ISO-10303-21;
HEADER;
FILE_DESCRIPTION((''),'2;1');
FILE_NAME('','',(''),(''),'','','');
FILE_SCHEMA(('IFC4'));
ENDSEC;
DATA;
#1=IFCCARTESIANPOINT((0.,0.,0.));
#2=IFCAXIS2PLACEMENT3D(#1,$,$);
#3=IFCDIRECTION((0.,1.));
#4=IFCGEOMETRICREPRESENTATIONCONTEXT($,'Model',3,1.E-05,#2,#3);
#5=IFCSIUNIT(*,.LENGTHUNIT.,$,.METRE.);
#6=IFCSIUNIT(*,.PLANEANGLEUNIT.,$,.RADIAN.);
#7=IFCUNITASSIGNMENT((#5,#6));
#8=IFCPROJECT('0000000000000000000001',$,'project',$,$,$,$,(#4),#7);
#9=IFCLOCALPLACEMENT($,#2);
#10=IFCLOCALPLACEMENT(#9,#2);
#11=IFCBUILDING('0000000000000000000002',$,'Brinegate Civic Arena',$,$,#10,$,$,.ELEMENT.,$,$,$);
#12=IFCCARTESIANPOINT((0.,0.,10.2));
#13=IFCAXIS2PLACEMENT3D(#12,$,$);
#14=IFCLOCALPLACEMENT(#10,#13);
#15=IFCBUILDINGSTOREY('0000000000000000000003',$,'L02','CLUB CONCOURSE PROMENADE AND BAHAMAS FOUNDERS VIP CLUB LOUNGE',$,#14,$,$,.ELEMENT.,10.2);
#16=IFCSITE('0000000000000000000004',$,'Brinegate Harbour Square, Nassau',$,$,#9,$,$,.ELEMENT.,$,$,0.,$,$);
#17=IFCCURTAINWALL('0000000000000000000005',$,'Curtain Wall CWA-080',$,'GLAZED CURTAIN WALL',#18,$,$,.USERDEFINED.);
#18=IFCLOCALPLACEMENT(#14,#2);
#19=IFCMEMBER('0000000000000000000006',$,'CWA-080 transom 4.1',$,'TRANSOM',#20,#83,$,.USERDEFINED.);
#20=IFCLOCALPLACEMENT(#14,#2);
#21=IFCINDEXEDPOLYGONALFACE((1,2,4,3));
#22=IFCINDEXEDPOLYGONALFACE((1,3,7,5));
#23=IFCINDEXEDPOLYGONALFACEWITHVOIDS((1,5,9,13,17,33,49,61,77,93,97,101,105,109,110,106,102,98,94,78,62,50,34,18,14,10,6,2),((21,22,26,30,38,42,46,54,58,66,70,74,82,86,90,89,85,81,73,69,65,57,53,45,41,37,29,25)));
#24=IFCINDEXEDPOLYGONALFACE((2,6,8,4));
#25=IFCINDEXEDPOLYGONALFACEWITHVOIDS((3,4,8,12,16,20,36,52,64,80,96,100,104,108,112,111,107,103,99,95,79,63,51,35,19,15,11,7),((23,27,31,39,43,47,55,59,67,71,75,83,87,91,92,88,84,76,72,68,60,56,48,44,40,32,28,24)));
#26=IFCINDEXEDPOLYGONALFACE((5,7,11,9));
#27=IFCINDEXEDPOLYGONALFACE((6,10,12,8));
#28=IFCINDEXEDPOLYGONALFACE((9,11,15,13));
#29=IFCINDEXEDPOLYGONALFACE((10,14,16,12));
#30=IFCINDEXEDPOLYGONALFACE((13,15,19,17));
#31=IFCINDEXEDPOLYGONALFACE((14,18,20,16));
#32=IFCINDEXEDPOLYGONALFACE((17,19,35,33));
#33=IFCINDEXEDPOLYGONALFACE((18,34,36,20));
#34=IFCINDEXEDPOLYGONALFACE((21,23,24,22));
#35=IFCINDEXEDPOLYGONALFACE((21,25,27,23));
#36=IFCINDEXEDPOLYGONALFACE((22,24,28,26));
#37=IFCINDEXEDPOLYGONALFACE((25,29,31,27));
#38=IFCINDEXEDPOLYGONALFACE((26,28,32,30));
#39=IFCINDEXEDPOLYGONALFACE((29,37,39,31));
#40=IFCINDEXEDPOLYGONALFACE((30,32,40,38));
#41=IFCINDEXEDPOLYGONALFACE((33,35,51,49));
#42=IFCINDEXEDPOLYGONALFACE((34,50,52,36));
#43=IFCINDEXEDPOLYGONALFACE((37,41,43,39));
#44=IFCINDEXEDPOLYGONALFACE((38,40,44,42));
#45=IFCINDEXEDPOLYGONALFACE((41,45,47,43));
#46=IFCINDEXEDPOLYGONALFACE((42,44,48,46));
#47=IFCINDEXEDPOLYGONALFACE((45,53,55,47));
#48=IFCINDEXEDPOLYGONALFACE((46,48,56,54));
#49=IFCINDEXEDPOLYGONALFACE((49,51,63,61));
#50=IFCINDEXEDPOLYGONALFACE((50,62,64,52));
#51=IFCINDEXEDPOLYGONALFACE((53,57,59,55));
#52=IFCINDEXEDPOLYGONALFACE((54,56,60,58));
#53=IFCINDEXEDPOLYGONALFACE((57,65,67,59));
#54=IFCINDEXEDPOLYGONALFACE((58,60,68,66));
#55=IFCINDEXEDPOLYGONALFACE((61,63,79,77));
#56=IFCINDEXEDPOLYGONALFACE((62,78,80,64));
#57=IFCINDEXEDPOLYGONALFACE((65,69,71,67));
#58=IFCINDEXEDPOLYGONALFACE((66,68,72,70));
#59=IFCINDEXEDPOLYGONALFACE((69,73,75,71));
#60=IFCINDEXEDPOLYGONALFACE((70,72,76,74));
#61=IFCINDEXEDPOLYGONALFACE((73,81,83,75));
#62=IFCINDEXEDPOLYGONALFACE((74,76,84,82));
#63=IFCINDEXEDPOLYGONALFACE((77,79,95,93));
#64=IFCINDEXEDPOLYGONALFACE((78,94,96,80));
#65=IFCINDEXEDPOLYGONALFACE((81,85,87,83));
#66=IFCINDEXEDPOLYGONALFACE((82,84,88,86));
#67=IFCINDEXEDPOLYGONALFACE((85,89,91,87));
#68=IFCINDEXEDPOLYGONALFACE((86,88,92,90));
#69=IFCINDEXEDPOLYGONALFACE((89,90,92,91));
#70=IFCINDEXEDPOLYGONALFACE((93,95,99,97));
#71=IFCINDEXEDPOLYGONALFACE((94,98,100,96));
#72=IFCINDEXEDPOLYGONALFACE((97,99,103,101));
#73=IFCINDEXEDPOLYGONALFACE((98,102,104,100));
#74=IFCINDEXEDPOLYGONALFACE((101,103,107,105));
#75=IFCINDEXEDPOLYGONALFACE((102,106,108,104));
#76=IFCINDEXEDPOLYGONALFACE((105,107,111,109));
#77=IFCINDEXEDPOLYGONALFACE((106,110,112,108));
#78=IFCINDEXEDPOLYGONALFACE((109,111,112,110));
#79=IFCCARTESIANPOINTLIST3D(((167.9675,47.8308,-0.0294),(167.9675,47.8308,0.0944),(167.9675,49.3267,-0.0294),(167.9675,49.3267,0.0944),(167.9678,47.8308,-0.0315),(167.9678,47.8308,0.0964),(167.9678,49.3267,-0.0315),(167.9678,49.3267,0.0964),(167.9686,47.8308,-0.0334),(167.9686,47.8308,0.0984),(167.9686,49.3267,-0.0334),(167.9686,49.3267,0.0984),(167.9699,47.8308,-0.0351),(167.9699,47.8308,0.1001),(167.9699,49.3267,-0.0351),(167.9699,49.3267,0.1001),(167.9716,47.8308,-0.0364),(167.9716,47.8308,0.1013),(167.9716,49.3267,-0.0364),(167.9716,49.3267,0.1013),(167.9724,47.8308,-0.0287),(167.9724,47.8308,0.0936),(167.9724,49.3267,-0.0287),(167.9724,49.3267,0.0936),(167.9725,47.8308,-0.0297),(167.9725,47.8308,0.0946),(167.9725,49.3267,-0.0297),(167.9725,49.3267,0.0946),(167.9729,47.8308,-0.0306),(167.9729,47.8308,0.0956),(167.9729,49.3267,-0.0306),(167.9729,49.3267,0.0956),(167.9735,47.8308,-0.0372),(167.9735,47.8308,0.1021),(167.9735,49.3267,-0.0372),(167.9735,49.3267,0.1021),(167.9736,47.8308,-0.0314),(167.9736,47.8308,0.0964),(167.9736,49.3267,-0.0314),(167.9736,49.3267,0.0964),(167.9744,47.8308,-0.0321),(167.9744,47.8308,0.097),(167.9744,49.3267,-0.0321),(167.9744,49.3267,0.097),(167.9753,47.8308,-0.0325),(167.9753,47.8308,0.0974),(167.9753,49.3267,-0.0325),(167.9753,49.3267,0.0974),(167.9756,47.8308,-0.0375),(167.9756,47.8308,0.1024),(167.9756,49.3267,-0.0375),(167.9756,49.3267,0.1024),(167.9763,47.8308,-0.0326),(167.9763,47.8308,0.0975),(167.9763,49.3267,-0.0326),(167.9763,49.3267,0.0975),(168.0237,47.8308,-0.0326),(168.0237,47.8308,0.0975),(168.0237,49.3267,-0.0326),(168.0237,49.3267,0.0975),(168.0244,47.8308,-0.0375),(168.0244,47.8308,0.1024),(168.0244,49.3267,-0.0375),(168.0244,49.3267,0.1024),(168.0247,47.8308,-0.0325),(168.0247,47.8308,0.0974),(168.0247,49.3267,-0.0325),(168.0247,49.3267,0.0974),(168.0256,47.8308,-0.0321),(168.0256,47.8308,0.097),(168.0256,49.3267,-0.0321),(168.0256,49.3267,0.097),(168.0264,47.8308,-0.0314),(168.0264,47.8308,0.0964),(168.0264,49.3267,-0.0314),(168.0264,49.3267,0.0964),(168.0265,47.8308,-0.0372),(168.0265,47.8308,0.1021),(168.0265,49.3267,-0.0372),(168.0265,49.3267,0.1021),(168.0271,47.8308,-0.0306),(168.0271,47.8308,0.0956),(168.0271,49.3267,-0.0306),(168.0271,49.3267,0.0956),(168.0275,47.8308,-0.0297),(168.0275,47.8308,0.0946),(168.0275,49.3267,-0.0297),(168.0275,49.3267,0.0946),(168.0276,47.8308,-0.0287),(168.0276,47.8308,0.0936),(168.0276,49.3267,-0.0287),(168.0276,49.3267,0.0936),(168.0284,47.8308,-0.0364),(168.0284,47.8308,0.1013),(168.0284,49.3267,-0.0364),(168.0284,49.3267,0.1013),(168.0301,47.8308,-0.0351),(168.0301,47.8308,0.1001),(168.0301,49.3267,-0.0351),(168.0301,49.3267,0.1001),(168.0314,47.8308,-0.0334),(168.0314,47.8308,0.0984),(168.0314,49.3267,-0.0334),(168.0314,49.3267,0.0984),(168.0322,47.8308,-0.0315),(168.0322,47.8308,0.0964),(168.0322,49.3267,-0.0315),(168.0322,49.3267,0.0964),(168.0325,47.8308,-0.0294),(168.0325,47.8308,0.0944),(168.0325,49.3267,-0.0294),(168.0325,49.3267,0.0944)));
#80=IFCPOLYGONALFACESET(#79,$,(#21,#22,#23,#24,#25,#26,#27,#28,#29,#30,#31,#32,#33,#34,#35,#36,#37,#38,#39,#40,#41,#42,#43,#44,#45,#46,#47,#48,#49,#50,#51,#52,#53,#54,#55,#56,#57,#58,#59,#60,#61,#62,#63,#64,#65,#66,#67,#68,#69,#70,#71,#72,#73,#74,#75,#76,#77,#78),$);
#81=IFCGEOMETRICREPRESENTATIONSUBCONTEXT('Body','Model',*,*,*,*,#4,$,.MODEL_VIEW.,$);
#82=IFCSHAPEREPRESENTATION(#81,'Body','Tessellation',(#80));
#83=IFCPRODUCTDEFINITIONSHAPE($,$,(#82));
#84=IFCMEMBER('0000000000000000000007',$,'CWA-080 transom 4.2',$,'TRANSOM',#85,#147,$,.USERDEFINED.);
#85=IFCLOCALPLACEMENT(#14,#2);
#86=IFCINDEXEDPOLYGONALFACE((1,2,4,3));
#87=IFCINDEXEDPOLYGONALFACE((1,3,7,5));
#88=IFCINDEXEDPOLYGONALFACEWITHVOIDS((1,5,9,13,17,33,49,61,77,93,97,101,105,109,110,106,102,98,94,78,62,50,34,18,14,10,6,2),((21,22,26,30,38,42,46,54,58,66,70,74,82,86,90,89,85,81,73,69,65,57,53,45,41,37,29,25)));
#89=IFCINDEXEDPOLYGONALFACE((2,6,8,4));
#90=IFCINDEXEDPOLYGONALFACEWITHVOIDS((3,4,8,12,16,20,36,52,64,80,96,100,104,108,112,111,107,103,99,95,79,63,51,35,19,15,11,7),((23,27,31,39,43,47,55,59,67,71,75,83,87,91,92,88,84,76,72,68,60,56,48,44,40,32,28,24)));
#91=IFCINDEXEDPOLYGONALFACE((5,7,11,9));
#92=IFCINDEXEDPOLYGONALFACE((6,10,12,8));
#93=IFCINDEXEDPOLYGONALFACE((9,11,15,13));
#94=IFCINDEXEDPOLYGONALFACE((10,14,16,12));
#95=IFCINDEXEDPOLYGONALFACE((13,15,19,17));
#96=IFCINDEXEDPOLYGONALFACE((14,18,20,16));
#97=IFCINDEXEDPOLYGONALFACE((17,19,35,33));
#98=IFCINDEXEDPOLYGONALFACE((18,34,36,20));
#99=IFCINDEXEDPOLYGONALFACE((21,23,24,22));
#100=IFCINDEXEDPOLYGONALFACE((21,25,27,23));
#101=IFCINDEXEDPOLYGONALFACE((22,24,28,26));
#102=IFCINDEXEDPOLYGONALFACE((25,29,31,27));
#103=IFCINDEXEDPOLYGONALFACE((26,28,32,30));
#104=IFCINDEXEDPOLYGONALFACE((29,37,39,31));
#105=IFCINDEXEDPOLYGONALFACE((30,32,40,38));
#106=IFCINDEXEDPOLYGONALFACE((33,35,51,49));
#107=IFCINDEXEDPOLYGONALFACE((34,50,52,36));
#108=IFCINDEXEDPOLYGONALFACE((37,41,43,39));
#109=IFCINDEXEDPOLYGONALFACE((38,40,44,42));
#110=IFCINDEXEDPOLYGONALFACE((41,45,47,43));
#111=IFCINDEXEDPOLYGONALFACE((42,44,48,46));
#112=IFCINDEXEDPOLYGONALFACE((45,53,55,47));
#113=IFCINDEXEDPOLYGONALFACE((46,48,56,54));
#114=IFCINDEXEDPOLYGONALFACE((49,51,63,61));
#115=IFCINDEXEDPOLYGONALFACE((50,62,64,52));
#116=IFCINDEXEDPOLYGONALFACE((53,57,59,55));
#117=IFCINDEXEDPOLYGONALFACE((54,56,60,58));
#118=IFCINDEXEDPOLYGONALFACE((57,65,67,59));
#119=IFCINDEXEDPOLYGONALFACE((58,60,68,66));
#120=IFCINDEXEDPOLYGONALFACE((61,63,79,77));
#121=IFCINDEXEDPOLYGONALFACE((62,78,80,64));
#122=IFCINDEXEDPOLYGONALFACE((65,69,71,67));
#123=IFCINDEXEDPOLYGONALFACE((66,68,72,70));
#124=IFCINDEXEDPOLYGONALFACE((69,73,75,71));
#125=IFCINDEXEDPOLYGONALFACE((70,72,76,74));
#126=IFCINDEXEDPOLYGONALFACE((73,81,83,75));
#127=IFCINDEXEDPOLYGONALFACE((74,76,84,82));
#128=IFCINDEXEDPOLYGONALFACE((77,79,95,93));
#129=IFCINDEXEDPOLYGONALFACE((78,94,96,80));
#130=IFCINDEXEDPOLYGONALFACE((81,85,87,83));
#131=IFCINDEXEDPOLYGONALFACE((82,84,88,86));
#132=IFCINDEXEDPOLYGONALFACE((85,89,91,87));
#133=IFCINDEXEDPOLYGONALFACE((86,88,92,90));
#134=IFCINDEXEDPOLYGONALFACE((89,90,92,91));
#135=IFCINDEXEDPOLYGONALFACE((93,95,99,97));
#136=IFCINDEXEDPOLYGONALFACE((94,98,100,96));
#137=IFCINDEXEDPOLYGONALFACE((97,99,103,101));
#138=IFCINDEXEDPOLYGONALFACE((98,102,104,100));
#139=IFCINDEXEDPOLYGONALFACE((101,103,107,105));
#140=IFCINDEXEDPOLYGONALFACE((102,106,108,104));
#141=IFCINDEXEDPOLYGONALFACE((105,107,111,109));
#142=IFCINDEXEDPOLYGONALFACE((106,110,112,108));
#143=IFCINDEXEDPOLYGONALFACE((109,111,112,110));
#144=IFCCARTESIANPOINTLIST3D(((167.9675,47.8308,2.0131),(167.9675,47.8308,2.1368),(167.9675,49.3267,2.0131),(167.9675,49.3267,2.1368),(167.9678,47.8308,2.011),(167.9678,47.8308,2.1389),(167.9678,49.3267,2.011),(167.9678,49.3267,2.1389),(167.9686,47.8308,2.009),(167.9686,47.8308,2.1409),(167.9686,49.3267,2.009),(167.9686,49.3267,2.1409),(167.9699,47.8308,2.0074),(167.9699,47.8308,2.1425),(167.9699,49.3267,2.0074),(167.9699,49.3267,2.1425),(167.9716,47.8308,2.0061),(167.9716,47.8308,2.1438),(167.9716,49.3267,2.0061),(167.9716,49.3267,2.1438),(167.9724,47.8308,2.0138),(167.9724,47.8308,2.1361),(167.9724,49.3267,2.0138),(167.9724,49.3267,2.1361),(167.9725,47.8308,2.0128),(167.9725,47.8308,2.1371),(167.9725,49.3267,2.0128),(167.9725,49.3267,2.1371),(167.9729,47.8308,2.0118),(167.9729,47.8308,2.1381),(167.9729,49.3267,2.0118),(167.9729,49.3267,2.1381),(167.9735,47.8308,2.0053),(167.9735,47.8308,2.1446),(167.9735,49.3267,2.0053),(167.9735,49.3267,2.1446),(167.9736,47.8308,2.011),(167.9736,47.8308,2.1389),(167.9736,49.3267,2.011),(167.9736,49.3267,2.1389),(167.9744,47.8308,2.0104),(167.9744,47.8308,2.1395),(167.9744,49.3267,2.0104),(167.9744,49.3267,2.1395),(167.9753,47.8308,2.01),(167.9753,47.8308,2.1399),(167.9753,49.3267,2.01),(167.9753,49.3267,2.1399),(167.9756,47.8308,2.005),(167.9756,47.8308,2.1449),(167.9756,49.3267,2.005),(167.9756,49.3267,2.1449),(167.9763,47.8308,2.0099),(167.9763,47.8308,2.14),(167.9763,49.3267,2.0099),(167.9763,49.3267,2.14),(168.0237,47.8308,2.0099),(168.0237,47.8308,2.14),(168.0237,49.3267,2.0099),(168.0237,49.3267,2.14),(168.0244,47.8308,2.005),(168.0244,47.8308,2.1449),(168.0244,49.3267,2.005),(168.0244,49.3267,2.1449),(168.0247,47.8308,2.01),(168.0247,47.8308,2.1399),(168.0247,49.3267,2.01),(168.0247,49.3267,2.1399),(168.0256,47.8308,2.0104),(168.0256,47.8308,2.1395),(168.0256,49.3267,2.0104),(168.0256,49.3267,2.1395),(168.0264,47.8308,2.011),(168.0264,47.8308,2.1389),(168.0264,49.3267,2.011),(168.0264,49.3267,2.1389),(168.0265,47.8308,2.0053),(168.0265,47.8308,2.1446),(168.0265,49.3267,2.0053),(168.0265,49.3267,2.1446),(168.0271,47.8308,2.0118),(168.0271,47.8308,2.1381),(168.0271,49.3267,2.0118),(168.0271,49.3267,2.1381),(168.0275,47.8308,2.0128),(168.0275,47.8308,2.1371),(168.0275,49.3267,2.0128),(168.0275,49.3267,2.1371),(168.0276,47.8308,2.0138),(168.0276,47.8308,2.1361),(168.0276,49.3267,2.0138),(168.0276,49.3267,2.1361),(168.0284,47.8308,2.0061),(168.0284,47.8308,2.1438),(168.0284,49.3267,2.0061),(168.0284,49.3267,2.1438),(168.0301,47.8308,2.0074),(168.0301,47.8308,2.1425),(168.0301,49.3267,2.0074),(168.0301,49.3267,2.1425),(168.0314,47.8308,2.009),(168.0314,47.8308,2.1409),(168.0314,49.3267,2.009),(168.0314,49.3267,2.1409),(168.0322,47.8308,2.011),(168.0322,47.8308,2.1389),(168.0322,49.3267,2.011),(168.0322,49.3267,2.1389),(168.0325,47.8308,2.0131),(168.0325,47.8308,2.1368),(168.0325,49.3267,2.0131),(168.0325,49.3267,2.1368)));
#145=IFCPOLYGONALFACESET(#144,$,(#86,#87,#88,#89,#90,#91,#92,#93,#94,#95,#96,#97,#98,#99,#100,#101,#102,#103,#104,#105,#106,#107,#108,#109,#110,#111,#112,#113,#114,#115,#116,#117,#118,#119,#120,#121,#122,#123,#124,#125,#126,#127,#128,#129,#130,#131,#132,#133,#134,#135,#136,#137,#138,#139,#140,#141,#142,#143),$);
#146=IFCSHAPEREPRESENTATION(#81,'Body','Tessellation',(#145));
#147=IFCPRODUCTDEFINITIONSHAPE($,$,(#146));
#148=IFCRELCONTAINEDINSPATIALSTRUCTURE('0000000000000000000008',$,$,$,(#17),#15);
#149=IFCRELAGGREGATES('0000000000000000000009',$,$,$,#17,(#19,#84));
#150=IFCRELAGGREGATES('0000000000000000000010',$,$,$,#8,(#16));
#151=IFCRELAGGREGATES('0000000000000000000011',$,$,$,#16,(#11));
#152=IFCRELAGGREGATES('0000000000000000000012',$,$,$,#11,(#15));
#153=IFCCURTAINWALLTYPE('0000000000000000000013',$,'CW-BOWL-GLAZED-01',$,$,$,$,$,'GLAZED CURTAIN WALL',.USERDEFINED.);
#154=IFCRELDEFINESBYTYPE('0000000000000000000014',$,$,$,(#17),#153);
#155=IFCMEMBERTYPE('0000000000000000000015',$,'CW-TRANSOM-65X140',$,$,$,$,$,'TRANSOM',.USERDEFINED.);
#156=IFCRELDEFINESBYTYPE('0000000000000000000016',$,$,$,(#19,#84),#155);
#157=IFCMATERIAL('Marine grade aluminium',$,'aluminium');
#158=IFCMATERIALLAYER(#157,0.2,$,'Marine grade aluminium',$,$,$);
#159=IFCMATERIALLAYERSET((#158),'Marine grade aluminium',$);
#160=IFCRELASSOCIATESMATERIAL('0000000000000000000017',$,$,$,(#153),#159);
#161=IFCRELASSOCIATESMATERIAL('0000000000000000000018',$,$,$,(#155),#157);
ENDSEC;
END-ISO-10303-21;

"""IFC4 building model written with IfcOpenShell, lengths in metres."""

from ifc_helpers import new_model, si_unit, direction, frame, origin, origin_2d, place, context, subcontext, project, spatial, hollow_rectangle, extrude, material, layer, layer_set, material_profile, profile_set, type_object, element, aggregate, save


model = new_model("IFC4")

# Units and contexts
model_context = context("Model", 3, precision=1e-05, world=origin(), true_north=direction((0.0, 1.0)))
body_context = subcontext(model_context, "Body", "Model", "MODEL_VIEW")
ifc_project = project(units=[si_unit("LENGTHUNIT", "METRE"), si_unit("PLANEANGLEUNIT", "RADIAN")], contexts=[model_context])

# Site, building, storey
site_placement = place(None, origin())
site = spatial("IfcSite", under=ifc_project, at=site_placement, Name="Brinegate Harbour Square, Nassau", CompositionType="ELEMENT", RefElevation=0.0)
building_placement = place(site_placement, origin())
building = spatial("IfcBuilding", under=site, at=building_placement, Name="Brinegate Civic Arena", CompositionType="ELEMENT")
storey_placement = place(building_placement, frame((0.0, 0.0, 10.2)))
storey = spatial("IfcBuildingStorey", under=building, at=storey_placement, Name="L02", Description="CLUB CONCOURSE PROMENADE AND BAHAMAS FOUNDERS VIP CLUB LOUNGE", CompositionType="ELEMENT", Elevation=10.2)

# Curtain wall, members
ifc_material_1 = material(Name="Marine grade aluminium", Category="aluminium")
ifc_layer_1 = layer(ifc_material_1, 0.2, Name="Marine grade aluminium")
ifc_layer_set_1 = layer_set([ifc_layer_1], Name="Marine grade aluminium")
curtain_wall_type = type_object("IfcCurtainWallType", Name="CW-BOWL-GLAZED-01", ElementType="GLAZED CURTAIN WALL", PredefinedType="USERDEFINED", material=ifc_layer_set_1)
curtain_wall_placement = place(storey_placement, origin())
curtain_wall = element("IfcCurtainWall", 1, at=curtain_wall_placement, inside=storey, type_object=curtain_wall_type, Name="Curtain Wall CWA-080", ObjectType="GLAZED CURTAIN WALL", PredefinedType="USERDEFINED")
ifc_material_profile_1 = material_profile(ifc_material_1, hollow_rectangle(XDim=0.0649, YDim=0.1399, WallThickness=0.0049, InnerFilletRadius=0.0039, OuterFilletRadius=0.0081, at=origin_2d()), Name="TRN65X140")
ifc_profile_set_1 = profile_set([ifc_material_profile_1], Name="Marine grade aluminium")
member_type_1 = type_object("IfcMemberType", Name="CW-TRANSOM-65X140", ElementType="TRANSOM", PredefinedType="USERDEFINED", material=ifc_profile_set_1)
member_1_placement = place(storey_placement, frame((168.0, 47.8308, 0.0325), z_axis=(0.0, 1.0, 0.0), x_axis=(-1.0, 0.0, 0.0)))
member_1 = element("IfcMember", 2, at=member_1_placement, type_object=member_type_1, Name="CWA-080 transom 4.1", ObjectType="TRANSOM", PredefinedType="USERDEFINED", context=body_context, shape_type="SweptSolid", body=[
    extrude(hollow_rectangle(XDim=0.0649, YDim=0.1399, WallThickness=0.0049, InnerFilletRadius=0.0039, OuterFilletRadius=0.0081, at=origin_2d()), origin(), (0.0, 0.0, 1.0), 1.4958),
])
member_2_placement = place(storey_placement, frame((168.0, 47.8308, 2.075), z_axis=(0.0, 1.0, 0.0), x_axis=(-1.0, 0.0, 0.0)))
member_2 = element("IfcMember", 3, at=member_2_placement, type_object=member_type_1, Name="CWA-080 transom 4.2", ObjectType="TRANSOM", PredefinedType="USERDEFINED", context=body_context, shape_type="SweptSolid", body=[
    extrude(hollow_rectangle(XDim=0.0649, YDim=0.1399, WallThickness=0.0049, InnerFilletRadius=0.0039, OuterFilletRadius=0.0081, at=origin_2d()), origin(), (0.0, 0.0, 1.0), 1.4958),
])

aggregate(curtain_wall, [member_1, member_2])

save(model, "model.ifc")
